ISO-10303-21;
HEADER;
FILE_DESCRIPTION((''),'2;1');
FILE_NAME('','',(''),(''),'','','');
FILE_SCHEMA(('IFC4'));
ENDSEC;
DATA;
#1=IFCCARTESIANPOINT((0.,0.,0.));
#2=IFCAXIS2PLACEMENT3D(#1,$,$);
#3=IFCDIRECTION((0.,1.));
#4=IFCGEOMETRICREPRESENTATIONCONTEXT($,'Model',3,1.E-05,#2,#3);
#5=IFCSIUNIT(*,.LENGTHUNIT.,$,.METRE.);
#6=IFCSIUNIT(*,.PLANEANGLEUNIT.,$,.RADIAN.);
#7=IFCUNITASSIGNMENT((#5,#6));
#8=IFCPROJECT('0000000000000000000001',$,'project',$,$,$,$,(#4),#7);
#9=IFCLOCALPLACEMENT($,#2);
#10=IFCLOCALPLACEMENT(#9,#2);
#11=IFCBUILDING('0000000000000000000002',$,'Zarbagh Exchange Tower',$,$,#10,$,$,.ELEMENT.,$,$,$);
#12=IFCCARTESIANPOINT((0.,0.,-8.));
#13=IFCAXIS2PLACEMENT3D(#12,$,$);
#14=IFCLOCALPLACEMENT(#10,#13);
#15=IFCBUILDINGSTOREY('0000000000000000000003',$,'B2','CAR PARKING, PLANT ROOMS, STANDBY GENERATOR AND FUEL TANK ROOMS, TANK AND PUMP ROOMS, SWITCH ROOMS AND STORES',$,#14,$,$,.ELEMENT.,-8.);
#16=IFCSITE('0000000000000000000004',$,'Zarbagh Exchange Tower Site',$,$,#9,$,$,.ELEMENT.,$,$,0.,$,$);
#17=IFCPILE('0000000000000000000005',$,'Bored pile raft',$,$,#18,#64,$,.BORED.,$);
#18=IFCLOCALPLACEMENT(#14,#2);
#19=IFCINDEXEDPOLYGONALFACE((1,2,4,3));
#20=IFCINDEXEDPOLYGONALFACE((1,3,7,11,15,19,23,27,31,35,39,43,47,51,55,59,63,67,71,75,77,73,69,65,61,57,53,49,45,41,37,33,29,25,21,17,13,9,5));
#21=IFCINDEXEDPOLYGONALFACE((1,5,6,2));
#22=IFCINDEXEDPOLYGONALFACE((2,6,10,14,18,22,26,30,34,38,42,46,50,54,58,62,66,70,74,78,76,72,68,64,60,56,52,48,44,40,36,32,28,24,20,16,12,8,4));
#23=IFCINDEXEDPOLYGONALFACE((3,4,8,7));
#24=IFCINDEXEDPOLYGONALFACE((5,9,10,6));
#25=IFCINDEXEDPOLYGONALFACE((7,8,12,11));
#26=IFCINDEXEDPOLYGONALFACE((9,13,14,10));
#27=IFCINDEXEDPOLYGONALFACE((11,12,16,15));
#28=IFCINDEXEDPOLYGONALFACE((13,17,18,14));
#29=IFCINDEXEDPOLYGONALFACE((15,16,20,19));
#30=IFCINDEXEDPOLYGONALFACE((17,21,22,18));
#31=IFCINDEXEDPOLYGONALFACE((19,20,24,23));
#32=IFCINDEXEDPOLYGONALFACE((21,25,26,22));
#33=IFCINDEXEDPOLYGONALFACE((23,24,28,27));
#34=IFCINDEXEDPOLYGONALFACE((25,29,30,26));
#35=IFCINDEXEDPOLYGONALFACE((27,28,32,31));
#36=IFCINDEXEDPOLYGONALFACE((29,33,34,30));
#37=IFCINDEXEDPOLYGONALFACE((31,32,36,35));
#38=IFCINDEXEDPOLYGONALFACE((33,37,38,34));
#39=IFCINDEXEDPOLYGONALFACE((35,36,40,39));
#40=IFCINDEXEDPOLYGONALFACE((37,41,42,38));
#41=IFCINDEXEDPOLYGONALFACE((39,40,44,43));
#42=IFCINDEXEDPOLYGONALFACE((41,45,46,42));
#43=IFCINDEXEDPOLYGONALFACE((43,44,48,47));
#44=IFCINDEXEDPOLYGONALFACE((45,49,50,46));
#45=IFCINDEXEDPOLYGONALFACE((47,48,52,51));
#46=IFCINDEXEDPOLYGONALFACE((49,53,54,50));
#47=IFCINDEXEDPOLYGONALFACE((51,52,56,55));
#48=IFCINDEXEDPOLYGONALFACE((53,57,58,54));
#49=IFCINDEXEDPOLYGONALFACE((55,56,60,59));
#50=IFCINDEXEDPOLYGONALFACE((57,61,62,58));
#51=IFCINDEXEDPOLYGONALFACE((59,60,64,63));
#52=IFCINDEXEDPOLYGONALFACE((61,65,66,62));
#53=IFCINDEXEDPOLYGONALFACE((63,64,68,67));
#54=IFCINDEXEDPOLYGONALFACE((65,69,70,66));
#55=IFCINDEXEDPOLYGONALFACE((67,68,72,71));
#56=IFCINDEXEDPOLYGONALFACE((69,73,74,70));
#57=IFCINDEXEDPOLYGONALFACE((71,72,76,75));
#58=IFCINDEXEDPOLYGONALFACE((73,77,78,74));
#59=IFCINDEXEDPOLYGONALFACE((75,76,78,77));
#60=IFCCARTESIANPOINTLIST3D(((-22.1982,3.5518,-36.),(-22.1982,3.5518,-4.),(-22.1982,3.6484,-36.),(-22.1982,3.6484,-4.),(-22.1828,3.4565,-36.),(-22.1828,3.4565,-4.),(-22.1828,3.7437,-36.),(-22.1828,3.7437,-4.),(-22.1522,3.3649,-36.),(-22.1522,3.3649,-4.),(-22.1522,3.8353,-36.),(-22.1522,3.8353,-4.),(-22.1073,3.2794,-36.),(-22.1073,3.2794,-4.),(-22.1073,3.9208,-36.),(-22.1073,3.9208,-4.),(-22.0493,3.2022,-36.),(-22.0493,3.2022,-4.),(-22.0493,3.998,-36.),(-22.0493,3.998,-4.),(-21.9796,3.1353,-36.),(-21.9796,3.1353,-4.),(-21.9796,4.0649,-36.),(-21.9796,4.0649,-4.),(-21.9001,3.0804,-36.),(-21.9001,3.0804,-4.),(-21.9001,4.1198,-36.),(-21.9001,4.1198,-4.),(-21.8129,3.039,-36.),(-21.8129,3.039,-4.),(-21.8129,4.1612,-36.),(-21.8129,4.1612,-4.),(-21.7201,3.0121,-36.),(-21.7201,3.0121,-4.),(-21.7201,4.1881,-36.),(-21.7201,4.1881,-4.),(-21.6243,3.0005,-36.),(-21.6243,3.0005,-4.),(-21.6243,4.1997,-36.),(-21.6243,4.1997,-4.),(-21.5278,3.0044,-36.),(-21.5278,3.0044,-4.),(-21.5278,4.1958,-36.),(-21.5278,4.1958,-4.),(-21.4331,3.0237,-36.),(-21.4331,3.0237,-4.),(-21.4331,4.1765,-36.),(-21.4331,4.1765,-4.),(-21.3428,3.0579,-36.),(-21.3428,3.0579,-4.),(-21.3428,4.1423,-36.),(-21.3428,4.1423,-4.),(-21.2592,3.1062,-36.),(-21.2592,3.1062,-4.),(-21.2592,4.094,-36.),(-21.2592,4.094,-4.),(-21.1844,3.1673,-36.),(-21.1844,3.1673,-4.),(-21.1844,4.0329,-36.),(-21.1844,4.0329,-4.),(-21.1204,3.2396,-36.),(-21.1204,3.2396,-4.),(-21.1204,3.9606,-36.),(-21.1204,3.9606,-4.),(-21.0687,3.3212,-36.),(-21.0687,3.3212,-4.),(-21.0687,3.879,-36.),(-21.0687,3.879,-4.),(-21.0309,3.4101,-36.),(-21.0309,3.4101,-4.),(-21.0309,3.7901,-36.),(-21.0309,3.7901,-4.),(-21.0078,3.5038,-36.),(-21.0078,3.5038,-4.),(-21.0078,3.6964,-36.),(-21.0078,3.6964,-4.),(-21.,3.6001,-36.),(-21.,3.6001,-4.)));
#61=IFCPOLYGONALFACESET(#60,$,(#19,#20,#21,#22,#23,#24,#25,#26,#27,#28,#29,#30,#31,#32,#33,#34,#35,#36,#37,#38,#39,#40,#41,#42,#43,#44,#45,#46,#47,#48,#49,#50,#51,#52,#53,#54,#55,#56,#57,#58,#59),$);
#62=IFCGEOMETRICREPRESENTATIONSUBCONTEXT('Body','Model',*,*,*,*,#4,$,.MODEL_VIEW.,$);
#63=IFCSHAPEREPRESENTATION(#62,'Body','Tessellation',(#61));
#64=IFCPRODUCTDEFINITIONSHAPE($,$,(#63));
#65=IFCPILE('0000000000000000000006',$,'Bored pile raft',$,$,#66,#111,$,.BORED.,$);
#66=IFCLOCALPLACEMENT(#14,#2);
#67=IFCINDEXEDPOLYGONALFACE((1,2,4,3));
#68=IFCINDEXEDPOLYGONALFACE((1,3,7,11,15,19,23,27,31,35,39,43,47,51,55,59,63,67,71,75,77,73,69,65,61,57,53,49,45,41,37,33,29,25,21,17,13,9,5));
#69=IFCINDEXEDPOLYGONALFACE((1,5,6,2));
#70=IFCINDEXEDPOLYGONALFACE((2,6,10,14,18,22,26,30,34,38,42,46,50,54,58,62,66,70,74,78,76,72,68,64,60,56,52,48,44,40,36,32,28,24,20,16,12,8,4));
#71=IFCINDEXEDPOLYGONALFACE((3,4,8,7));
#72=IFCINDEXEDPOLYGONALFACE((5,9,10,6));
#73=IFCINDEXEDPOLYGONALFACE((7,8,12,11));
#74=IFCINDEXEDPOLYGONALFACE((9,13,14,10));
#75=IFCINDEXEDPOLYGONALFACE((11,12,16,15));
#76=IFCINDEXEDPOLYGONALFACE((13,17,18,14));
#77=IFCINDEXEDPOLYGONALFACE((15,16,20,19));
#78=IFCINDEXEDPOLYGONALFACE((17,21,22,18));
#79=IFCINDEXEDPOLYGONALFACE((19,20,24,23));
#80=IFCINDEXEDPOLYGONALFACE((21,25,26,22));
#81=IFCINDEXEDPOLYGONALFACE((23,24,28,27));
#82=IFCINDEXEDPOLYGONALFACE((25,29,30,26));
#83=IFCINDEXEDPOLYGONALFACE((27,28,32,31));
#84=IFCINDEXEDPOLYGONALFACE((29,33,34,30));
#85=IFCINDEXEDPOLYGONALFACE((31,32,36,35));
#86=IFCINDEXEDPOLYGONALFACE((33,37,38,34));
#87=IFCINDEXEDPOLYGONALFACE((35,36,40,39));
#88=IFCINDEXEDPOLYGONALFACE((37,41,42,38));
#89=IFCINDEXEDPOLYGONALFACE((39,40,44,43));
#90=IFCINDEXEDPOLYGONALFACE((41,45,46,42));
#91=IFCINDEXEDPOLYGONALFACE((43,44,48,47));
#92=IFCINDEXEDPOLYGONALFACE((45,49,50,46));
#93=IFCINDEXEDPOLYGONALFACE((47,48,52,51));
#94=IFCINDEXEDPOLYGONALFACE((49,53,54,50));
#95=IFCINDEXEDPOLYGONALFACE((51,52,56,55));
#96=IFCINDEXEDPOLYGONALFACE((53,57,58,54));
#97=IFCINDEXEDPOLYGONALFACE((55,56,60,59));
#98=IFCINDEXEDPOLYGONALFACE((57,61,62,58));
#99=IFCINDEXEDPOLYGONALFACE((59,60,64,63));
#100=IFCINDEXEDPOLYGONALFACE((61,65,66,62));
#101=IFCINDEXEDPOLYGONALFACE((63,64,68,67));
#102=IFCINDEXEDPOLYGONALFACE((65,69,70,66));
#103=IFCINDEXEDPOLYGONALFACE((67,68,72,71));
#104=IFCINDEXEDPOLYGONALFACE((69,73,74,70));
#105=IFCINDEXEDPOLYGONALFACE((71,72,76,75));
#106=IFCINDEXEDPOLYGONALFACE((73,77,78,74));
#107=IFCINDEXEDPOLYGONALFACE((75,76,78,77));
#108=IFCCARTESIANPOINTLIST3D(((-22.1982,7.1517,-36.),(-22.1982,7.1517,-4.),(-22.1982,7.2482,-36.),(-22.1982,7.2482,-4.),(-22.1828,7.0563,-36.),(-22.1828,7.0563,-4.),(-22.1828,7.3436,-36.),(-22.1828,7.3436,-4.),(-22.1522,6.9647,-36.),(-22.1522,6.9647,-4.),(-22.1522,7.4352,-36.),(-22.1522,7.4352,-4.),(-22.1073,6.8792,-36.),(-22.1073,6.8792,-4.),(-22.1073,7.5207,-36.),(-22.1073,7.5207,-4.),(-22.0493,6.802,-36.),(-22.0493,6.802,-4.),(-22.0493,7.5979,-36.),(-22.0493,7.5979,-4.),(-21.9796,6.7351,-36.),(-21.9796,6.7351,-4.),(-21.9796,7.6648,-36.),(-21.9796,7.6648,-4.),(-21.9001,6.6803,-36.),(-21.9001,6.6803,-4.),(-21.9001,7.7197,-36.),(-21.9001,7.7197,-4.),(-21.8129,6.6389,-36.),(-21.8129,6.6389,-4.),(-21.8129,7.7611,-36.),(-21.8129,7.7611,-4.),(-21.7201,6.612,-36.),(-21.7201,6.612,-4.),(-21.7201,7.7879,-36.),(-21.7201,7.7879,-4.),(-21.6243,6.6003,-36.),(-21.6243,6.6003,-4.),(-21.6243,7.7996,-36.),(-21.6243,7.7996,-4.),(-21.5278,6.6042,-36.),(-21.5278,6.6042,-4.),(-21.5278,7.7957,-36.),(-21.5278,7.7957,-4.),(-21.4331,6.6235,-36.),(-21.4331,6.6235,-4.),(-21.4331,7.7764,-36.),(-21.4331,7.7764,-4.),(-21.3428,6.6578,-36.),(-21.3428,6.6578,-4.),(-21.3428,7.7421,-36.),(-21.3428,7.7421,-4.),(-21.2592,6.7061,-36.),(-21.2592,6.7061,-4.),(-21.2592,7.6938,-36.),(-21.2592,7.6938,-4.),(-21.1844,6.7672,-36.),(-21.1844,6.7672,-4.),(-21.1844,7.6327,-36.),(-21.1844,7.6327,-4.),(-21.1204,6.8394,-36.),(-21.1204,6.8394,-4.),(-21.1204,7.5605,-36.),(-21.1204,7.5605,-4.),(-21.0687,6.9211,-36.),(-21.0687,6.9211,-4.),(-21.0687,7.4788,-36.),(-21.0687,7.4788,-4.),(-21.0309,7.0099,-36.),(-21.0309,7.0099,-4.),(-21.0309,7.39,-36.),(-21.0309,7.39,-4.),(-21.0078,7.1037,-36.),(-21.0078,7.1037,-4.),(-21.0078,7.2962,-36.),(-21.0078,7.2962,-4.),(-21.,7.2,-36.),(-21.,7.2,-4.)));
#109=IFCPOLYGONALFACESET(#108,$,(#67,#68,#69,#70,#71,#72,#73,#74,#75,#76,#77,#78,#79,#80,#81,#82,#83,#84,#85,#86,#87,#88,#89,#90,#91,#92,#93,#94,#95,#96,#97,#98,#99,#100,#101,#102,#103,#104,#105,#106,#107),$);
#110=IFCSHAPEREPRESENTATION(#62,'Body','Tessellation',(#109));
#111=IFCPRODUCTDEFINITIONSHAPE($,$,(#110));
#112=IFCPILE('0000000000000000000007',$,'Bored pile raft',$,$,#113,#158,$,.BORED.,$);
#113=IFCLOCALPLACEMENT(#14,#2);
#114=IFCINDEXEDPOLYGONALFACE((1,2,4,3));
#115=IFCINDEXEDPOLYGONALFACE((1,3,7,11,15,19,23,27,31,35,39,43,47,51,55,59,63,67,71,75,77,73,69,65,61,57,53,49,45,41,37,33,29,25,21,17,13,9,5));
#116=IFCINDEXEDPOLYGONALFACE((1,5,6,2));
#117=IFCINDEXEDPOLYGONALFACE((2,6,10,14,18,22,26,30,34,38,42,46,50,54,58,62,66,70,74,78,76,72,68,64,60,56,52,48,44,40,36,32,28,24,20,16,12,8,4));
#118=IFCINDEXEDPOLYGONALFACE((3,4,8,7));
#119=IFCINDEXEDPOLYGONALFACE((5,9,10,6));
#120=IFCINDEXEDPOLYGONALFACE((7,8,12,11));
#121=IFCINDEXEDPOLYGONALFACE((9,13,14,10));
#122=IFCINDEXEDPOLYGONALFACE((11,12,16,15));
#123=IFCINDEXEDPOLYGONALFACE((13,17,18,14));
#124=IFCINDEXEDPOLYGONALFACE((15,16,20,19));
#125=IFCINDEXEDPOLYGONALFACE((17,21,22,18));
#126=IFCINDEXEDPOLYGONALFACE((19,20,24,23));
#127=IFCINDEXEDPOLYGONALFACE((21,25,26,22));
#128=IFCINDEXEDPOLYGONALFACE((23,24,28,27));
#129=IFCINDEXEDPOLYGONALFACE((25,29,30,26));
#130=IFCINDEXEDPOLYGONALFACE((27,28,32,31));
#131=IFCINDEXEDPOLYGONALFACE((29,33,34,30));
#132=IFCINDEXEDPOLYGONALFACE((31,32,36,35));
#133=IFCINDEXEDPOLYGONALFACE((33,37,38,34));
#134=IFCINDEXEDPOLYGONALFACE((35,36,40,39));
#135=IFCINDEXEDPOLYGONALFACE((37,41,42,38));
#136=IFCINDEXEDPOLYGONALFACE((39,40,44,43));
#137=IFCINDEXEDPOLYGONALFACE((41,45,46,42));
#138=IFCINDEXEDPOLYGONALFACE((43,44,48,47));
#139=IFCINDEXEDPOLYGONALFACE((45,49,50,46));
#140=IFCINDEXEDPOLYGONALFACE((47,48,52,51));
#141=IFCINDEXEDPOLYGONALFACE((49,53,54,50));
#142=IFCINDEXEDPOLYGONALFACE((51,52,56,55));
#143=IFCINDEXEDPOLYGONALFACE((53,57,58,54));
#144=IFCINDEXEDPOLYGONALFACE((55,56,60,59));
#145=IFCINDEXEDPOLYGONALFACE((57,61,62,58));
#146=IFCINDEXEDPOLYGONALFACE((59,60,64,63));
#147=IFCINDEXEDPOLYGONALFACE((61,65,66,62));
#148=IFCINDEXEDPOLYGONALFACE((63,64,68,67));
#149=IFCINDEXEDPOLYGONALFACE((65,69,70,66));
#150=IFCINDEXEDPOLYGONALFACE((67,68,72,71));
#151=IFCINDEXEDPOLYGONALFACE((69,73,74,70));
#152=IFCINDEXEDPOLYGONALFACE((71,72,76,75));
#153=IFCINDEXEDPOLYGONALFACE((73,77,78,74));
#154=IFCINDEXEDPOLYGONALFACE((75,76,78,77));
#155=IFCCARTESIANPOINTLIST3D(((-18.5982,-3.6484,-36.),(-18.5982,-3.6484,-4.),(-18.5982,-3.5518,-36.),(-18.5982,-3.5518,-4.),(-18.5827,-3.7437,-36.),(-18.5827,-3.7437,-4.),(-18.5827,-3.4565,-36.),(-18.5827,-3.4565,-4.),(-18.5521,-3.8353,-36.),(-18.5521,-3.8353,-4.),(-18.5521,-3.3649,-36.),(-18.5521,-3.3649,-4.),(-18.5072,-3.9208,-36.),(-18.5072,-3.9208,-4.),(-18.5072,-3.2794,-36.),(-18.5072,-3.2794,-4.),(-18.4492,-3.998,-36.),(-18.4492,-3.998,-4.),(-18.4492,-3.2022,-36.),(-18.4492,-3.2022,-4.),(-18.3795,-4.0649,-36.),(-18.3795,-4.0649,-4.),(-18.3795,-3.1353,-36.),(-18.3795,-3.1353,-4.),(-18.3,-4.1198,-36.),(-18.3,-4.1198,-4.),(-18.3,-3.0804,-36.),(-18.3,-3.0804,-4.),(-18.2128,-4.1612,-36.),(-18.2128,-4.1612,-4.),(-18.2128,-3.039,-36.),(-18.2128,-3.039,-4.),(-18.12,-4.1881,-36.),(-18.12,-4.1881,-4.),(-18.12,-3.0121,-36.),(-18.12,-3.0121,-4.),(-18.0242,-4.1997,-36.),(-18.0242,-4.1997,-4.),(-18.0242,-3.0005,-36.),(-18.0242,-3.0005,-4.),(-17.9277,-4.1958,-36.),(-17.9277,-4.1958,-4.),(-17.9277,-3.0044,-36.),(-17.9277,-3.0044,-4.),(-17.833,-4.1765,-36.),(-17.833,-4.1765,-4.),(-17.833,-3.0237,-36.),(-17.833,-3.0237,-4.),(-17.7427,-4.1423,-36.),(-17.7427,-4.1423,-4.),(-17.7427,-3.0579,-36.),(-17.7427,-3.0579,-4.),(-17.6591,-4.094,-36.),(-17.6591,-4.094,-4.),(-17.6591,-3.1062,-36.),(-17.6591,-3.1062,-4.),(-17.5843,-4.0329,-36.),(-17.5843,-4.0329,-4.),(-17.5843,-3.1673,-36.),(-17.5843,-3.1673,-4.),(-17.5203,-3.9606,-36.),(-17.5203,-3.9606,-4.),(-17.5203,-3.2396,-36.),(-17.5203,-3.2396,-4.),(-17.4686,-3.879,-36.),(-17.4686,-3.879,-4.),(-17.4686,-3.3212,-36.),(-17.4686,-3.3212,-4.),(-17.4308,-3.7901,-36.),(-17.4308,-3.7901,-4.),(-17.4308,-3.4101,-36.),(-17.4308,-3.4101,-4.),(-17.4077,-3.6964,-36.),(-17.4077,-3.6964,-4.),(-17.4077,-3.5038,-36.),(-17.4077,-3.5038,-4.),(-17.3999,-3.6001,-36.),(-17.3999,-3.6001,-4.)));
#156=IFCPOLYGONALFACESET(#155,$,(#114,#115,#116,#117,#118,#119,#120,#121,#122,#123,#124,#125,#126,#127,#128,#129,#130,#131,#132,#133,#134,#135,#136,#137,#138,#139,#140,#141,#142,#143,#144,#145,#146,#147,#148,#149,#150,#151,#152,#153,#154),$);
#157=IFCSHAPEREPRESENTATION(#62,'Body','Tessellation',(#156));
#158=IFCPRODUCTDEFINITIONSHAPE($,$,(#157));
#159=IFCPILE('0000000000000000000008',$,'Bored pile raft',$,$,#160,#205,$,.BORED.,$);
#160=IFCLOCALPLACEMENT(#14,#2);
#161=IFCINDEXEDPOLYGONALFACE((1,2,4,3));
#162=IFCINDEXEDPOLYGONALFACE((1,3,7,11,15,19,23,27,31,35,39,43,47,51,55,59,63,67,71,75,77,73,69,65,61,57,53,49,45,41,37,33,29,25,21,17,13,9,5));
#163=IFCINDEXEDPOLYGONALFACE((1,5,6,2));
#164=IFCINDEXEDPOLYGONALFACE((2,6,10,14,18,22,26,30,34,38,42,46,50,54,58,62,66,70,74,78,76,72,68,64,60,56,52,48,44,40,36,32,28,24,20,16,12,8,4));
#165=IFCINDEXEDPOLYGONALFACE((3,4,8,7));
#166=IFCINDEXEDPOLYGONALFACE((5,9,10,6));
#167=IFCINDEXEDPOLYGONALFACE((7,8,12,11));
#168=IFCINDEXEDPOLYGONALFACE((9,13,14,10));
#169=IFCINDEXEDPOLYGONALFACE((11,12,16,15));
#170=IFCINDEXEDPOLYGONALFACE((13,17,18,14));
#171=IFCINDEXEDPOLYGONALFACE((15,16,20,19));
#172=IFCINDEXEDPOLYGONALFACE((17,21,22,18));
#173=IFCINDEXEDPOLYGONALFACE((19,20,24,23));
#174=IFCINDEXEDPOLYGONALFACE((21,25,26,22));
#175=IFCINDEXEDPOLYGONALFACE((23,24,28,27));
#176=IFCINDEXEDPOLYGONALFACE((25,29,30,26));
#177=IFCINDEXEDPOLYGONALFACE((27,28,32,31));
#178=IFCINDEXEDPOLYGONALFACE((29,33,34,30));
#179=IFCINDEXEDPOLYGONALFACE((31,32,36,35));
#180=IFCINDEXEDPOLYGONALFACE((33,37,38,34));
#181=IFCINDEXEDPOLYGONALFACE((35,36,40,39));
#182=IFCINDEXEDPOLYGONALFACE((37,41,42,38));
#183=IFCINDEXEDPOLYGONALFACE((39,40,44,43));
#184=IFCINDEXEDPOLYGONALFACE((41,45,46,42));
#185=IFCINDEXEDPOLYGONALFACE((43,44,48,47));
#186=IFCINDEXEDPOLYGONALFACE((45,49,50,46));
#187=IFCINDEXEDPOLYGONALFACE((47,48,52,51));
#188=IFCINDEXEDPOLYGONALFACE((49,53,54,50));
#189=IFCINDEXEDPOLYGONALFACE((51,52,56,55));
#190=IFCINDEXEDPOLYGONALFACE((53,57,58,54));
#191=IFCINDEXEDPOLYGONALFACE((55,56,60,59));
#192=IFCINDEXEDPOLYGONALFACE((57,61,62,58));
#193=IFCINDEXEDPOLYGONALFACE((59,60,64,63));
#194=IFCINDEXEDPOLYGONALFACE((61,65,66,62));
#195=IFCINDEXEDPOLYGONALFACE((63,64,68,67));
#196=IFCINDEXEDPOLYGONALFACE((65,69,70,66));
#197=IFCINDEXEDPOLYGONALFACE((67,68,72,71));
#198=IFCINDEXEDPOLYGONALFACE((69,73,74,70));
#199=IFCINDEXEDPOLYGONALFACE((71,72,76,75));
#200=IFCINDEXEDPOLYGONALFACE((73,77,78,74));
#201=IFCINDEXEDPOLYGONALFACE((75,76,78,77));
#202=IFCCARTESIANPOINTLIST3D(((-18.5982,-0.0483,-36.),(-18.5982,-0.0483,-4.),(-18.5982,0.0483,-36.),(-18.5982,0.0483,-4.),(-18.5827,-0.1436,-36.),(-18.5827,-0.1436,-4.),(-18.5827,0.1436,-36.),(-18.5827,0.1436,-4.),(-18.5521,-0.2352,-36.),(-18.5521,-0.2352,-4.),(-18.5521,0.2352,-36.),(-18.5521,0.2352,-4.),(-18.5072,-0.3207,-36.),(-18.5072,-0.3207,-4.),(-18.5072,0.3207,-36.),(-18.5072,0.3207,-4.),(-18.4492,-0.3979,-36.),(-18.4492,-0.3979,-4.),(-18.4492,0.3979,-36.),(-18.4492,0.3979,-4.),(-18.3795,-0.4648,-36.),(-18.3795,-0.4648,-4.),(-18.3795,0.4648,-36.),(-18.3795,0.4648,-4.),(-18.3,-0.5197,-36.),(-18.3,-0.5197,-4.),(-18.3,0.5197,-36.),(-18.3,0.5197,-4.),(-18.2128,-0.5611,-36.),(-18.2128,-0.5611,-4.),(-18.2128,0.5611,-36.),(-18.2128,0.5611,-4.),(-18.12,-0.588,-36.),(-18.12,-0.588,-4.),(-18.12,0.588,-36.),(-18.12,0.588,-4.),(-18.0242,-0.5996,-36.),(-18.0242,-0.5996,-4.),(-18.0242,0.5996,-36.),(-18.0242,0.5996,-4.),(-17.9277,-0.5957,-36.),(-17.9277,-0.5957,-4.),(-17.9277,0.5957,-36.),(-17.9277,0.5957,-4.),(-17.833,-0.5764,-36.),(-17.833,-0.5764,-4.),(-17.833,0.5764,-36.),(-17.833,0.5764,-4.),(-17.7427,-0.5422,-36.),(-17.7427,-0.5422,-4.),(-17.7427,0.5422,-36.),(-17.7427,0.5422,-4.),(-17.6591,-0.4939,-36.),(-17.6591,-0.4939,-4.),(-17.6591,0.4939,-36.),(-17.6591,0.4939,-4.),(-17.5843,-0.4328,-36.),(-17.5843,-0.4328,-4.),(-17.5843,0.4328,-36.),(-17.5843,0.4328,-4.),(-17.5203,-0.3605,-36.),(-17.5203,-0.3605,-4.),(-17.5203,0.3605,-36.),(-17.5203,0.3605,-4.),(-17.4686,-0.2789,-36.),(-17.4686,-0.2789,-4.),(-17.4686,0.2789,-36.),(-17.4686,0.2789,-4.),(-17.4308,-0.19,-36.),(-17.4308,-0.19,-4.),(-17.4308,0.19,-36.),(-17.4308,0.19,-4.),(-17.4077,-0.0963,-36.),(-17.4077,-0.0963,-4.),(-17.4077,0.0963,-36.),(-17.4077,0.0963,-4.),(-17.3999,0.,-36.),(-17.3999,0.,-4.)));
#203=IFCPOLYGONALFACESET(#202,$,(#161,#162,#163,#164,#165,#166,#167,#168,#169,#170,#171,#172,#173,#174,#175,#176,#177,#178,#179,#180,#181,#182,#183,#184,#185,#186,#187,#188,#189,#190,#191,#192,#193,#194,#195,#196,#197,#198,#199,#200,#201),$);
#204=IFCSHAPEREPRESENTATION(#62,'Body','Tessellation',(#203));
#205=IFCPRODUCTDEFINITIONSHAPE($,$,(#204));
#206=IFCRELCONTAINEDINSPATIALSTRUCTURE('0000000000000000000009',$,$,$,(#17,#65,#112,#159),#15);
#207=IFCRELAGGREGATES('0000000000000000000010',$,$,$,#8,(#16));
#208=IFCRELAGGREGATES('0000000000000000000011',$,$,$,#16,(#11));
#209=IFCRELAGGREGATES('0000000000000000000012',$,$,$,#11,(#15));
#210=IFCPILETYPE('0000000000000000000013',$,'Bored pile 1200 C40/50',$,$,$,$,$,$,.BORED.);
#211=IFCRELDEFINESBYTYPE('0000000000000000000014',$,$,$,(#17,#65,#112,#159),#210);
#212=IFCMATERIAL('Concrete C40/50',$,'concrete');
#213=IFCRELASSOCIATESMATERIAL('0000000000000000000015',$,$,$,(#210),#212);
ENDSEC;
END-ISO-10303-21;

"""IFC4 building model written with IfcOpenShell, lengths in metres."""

from ifc_helpers import new_model, si_unit, direction, frame, origin, origin_2d, place, context, subcontext, project, spatial, circle, extrude, material, material_profile, profile_set, type_object, element, save


model = new_model("IFC4")

# Units and contexts
model_context = context("Model", 3, precision=1e-05, world=origin(), true_north=direction((0.0, 1.0)))
body_context = subcontext(model_context, "Body", "Model", "MODEL_VIEW")
ifc_project = project(units=[si_unit("LENGTHUNIT", "METRE"), si_unit("PLANEANGLEUNIT", "RADIAN")], contexts=[model_context])

# Site, building, storey
site_placement = place(None, origin())
site = spatial("IfcSite", under=ifc_project, at=site_placement, Name="Zarbagh Exchange Tower Site", CompositionType="ELEMENT", RefElevation=0.0)
building_placement = place(site_placement, origin())
building = spatial("IfcBuilding", under=site, at=building_placement, Name="Zarbagh Exchange Tower", CompositionType="ELEMENT")
storey_placement = place(building_placement, frame((0.0, 0.0, -8.0)))
storey = spatial("IfcBuildingStorey", under=building, at=storey_placement, Name="B2", Description="CAR PARKING, PLANT ROOMS, STANDBY GENERATOR AND FUEL TANK ROOMS, TANK AND PUMP ROOMS, SWITCH ROOMS AND STORES", CompositionType="ELEMENT", Elevation=-8.0)

# Piles
ifc_material_1 = material(Name="Concrete C40/50", Category="concrete")
ifc_material_profile_1 = material_profile(ifc_material_1, circle(Radius=0.6001, at=origin_2d()), Name="Bored pile 1200 C40/50")
ifc_profile_set_1 = profile_set([ifc_material_profile_1], Name="Concrete C40/50")
pile_type = type_object("IfcPileType", Name="Bored pile 1200 C40/50", PredefinedType="BORED", material=ifc_profile_set_1)
for number, where, z_axis, x_axis, name in (
    (1, (-21.6001, 3.6001, -4.0), (0.0, 0.0, -1.0), (1.0, 0.0, 0.0), "Bored pile raft"),
    (2, (-21.6001, 7.2, -4.0), (0.0, 0.0, -1.0), (1.0, 0.0, 0.0), "Bored pile raft"),
    (3, (-18.0, -3.6001, -4.0), (0.0, 0.0, -1.0), (1.0, 0.0, 0.0), "Bored pile raft"),
    (4, (-18.0, 0.0, -4.0), (0.0, 0.0, -1.0), (1.0, 0.0, 0.0), "Bored pile raft"),
):
    element("IfcPile", number, at=place(storey_placement, frame(where, z_axis=z_axis, x_axis=x_axis)), inside=storey, type_object=pile_type, Name=name, PredefinedType="BORED", context=body_context, shape_type="SweptSolid", body=[
        extrude(circle(Radius=0.6001, at=origin_2d()), origin(), (0.0, 0.0, 1.0), 32.0),
    ])

save(model, "model.ifc")
